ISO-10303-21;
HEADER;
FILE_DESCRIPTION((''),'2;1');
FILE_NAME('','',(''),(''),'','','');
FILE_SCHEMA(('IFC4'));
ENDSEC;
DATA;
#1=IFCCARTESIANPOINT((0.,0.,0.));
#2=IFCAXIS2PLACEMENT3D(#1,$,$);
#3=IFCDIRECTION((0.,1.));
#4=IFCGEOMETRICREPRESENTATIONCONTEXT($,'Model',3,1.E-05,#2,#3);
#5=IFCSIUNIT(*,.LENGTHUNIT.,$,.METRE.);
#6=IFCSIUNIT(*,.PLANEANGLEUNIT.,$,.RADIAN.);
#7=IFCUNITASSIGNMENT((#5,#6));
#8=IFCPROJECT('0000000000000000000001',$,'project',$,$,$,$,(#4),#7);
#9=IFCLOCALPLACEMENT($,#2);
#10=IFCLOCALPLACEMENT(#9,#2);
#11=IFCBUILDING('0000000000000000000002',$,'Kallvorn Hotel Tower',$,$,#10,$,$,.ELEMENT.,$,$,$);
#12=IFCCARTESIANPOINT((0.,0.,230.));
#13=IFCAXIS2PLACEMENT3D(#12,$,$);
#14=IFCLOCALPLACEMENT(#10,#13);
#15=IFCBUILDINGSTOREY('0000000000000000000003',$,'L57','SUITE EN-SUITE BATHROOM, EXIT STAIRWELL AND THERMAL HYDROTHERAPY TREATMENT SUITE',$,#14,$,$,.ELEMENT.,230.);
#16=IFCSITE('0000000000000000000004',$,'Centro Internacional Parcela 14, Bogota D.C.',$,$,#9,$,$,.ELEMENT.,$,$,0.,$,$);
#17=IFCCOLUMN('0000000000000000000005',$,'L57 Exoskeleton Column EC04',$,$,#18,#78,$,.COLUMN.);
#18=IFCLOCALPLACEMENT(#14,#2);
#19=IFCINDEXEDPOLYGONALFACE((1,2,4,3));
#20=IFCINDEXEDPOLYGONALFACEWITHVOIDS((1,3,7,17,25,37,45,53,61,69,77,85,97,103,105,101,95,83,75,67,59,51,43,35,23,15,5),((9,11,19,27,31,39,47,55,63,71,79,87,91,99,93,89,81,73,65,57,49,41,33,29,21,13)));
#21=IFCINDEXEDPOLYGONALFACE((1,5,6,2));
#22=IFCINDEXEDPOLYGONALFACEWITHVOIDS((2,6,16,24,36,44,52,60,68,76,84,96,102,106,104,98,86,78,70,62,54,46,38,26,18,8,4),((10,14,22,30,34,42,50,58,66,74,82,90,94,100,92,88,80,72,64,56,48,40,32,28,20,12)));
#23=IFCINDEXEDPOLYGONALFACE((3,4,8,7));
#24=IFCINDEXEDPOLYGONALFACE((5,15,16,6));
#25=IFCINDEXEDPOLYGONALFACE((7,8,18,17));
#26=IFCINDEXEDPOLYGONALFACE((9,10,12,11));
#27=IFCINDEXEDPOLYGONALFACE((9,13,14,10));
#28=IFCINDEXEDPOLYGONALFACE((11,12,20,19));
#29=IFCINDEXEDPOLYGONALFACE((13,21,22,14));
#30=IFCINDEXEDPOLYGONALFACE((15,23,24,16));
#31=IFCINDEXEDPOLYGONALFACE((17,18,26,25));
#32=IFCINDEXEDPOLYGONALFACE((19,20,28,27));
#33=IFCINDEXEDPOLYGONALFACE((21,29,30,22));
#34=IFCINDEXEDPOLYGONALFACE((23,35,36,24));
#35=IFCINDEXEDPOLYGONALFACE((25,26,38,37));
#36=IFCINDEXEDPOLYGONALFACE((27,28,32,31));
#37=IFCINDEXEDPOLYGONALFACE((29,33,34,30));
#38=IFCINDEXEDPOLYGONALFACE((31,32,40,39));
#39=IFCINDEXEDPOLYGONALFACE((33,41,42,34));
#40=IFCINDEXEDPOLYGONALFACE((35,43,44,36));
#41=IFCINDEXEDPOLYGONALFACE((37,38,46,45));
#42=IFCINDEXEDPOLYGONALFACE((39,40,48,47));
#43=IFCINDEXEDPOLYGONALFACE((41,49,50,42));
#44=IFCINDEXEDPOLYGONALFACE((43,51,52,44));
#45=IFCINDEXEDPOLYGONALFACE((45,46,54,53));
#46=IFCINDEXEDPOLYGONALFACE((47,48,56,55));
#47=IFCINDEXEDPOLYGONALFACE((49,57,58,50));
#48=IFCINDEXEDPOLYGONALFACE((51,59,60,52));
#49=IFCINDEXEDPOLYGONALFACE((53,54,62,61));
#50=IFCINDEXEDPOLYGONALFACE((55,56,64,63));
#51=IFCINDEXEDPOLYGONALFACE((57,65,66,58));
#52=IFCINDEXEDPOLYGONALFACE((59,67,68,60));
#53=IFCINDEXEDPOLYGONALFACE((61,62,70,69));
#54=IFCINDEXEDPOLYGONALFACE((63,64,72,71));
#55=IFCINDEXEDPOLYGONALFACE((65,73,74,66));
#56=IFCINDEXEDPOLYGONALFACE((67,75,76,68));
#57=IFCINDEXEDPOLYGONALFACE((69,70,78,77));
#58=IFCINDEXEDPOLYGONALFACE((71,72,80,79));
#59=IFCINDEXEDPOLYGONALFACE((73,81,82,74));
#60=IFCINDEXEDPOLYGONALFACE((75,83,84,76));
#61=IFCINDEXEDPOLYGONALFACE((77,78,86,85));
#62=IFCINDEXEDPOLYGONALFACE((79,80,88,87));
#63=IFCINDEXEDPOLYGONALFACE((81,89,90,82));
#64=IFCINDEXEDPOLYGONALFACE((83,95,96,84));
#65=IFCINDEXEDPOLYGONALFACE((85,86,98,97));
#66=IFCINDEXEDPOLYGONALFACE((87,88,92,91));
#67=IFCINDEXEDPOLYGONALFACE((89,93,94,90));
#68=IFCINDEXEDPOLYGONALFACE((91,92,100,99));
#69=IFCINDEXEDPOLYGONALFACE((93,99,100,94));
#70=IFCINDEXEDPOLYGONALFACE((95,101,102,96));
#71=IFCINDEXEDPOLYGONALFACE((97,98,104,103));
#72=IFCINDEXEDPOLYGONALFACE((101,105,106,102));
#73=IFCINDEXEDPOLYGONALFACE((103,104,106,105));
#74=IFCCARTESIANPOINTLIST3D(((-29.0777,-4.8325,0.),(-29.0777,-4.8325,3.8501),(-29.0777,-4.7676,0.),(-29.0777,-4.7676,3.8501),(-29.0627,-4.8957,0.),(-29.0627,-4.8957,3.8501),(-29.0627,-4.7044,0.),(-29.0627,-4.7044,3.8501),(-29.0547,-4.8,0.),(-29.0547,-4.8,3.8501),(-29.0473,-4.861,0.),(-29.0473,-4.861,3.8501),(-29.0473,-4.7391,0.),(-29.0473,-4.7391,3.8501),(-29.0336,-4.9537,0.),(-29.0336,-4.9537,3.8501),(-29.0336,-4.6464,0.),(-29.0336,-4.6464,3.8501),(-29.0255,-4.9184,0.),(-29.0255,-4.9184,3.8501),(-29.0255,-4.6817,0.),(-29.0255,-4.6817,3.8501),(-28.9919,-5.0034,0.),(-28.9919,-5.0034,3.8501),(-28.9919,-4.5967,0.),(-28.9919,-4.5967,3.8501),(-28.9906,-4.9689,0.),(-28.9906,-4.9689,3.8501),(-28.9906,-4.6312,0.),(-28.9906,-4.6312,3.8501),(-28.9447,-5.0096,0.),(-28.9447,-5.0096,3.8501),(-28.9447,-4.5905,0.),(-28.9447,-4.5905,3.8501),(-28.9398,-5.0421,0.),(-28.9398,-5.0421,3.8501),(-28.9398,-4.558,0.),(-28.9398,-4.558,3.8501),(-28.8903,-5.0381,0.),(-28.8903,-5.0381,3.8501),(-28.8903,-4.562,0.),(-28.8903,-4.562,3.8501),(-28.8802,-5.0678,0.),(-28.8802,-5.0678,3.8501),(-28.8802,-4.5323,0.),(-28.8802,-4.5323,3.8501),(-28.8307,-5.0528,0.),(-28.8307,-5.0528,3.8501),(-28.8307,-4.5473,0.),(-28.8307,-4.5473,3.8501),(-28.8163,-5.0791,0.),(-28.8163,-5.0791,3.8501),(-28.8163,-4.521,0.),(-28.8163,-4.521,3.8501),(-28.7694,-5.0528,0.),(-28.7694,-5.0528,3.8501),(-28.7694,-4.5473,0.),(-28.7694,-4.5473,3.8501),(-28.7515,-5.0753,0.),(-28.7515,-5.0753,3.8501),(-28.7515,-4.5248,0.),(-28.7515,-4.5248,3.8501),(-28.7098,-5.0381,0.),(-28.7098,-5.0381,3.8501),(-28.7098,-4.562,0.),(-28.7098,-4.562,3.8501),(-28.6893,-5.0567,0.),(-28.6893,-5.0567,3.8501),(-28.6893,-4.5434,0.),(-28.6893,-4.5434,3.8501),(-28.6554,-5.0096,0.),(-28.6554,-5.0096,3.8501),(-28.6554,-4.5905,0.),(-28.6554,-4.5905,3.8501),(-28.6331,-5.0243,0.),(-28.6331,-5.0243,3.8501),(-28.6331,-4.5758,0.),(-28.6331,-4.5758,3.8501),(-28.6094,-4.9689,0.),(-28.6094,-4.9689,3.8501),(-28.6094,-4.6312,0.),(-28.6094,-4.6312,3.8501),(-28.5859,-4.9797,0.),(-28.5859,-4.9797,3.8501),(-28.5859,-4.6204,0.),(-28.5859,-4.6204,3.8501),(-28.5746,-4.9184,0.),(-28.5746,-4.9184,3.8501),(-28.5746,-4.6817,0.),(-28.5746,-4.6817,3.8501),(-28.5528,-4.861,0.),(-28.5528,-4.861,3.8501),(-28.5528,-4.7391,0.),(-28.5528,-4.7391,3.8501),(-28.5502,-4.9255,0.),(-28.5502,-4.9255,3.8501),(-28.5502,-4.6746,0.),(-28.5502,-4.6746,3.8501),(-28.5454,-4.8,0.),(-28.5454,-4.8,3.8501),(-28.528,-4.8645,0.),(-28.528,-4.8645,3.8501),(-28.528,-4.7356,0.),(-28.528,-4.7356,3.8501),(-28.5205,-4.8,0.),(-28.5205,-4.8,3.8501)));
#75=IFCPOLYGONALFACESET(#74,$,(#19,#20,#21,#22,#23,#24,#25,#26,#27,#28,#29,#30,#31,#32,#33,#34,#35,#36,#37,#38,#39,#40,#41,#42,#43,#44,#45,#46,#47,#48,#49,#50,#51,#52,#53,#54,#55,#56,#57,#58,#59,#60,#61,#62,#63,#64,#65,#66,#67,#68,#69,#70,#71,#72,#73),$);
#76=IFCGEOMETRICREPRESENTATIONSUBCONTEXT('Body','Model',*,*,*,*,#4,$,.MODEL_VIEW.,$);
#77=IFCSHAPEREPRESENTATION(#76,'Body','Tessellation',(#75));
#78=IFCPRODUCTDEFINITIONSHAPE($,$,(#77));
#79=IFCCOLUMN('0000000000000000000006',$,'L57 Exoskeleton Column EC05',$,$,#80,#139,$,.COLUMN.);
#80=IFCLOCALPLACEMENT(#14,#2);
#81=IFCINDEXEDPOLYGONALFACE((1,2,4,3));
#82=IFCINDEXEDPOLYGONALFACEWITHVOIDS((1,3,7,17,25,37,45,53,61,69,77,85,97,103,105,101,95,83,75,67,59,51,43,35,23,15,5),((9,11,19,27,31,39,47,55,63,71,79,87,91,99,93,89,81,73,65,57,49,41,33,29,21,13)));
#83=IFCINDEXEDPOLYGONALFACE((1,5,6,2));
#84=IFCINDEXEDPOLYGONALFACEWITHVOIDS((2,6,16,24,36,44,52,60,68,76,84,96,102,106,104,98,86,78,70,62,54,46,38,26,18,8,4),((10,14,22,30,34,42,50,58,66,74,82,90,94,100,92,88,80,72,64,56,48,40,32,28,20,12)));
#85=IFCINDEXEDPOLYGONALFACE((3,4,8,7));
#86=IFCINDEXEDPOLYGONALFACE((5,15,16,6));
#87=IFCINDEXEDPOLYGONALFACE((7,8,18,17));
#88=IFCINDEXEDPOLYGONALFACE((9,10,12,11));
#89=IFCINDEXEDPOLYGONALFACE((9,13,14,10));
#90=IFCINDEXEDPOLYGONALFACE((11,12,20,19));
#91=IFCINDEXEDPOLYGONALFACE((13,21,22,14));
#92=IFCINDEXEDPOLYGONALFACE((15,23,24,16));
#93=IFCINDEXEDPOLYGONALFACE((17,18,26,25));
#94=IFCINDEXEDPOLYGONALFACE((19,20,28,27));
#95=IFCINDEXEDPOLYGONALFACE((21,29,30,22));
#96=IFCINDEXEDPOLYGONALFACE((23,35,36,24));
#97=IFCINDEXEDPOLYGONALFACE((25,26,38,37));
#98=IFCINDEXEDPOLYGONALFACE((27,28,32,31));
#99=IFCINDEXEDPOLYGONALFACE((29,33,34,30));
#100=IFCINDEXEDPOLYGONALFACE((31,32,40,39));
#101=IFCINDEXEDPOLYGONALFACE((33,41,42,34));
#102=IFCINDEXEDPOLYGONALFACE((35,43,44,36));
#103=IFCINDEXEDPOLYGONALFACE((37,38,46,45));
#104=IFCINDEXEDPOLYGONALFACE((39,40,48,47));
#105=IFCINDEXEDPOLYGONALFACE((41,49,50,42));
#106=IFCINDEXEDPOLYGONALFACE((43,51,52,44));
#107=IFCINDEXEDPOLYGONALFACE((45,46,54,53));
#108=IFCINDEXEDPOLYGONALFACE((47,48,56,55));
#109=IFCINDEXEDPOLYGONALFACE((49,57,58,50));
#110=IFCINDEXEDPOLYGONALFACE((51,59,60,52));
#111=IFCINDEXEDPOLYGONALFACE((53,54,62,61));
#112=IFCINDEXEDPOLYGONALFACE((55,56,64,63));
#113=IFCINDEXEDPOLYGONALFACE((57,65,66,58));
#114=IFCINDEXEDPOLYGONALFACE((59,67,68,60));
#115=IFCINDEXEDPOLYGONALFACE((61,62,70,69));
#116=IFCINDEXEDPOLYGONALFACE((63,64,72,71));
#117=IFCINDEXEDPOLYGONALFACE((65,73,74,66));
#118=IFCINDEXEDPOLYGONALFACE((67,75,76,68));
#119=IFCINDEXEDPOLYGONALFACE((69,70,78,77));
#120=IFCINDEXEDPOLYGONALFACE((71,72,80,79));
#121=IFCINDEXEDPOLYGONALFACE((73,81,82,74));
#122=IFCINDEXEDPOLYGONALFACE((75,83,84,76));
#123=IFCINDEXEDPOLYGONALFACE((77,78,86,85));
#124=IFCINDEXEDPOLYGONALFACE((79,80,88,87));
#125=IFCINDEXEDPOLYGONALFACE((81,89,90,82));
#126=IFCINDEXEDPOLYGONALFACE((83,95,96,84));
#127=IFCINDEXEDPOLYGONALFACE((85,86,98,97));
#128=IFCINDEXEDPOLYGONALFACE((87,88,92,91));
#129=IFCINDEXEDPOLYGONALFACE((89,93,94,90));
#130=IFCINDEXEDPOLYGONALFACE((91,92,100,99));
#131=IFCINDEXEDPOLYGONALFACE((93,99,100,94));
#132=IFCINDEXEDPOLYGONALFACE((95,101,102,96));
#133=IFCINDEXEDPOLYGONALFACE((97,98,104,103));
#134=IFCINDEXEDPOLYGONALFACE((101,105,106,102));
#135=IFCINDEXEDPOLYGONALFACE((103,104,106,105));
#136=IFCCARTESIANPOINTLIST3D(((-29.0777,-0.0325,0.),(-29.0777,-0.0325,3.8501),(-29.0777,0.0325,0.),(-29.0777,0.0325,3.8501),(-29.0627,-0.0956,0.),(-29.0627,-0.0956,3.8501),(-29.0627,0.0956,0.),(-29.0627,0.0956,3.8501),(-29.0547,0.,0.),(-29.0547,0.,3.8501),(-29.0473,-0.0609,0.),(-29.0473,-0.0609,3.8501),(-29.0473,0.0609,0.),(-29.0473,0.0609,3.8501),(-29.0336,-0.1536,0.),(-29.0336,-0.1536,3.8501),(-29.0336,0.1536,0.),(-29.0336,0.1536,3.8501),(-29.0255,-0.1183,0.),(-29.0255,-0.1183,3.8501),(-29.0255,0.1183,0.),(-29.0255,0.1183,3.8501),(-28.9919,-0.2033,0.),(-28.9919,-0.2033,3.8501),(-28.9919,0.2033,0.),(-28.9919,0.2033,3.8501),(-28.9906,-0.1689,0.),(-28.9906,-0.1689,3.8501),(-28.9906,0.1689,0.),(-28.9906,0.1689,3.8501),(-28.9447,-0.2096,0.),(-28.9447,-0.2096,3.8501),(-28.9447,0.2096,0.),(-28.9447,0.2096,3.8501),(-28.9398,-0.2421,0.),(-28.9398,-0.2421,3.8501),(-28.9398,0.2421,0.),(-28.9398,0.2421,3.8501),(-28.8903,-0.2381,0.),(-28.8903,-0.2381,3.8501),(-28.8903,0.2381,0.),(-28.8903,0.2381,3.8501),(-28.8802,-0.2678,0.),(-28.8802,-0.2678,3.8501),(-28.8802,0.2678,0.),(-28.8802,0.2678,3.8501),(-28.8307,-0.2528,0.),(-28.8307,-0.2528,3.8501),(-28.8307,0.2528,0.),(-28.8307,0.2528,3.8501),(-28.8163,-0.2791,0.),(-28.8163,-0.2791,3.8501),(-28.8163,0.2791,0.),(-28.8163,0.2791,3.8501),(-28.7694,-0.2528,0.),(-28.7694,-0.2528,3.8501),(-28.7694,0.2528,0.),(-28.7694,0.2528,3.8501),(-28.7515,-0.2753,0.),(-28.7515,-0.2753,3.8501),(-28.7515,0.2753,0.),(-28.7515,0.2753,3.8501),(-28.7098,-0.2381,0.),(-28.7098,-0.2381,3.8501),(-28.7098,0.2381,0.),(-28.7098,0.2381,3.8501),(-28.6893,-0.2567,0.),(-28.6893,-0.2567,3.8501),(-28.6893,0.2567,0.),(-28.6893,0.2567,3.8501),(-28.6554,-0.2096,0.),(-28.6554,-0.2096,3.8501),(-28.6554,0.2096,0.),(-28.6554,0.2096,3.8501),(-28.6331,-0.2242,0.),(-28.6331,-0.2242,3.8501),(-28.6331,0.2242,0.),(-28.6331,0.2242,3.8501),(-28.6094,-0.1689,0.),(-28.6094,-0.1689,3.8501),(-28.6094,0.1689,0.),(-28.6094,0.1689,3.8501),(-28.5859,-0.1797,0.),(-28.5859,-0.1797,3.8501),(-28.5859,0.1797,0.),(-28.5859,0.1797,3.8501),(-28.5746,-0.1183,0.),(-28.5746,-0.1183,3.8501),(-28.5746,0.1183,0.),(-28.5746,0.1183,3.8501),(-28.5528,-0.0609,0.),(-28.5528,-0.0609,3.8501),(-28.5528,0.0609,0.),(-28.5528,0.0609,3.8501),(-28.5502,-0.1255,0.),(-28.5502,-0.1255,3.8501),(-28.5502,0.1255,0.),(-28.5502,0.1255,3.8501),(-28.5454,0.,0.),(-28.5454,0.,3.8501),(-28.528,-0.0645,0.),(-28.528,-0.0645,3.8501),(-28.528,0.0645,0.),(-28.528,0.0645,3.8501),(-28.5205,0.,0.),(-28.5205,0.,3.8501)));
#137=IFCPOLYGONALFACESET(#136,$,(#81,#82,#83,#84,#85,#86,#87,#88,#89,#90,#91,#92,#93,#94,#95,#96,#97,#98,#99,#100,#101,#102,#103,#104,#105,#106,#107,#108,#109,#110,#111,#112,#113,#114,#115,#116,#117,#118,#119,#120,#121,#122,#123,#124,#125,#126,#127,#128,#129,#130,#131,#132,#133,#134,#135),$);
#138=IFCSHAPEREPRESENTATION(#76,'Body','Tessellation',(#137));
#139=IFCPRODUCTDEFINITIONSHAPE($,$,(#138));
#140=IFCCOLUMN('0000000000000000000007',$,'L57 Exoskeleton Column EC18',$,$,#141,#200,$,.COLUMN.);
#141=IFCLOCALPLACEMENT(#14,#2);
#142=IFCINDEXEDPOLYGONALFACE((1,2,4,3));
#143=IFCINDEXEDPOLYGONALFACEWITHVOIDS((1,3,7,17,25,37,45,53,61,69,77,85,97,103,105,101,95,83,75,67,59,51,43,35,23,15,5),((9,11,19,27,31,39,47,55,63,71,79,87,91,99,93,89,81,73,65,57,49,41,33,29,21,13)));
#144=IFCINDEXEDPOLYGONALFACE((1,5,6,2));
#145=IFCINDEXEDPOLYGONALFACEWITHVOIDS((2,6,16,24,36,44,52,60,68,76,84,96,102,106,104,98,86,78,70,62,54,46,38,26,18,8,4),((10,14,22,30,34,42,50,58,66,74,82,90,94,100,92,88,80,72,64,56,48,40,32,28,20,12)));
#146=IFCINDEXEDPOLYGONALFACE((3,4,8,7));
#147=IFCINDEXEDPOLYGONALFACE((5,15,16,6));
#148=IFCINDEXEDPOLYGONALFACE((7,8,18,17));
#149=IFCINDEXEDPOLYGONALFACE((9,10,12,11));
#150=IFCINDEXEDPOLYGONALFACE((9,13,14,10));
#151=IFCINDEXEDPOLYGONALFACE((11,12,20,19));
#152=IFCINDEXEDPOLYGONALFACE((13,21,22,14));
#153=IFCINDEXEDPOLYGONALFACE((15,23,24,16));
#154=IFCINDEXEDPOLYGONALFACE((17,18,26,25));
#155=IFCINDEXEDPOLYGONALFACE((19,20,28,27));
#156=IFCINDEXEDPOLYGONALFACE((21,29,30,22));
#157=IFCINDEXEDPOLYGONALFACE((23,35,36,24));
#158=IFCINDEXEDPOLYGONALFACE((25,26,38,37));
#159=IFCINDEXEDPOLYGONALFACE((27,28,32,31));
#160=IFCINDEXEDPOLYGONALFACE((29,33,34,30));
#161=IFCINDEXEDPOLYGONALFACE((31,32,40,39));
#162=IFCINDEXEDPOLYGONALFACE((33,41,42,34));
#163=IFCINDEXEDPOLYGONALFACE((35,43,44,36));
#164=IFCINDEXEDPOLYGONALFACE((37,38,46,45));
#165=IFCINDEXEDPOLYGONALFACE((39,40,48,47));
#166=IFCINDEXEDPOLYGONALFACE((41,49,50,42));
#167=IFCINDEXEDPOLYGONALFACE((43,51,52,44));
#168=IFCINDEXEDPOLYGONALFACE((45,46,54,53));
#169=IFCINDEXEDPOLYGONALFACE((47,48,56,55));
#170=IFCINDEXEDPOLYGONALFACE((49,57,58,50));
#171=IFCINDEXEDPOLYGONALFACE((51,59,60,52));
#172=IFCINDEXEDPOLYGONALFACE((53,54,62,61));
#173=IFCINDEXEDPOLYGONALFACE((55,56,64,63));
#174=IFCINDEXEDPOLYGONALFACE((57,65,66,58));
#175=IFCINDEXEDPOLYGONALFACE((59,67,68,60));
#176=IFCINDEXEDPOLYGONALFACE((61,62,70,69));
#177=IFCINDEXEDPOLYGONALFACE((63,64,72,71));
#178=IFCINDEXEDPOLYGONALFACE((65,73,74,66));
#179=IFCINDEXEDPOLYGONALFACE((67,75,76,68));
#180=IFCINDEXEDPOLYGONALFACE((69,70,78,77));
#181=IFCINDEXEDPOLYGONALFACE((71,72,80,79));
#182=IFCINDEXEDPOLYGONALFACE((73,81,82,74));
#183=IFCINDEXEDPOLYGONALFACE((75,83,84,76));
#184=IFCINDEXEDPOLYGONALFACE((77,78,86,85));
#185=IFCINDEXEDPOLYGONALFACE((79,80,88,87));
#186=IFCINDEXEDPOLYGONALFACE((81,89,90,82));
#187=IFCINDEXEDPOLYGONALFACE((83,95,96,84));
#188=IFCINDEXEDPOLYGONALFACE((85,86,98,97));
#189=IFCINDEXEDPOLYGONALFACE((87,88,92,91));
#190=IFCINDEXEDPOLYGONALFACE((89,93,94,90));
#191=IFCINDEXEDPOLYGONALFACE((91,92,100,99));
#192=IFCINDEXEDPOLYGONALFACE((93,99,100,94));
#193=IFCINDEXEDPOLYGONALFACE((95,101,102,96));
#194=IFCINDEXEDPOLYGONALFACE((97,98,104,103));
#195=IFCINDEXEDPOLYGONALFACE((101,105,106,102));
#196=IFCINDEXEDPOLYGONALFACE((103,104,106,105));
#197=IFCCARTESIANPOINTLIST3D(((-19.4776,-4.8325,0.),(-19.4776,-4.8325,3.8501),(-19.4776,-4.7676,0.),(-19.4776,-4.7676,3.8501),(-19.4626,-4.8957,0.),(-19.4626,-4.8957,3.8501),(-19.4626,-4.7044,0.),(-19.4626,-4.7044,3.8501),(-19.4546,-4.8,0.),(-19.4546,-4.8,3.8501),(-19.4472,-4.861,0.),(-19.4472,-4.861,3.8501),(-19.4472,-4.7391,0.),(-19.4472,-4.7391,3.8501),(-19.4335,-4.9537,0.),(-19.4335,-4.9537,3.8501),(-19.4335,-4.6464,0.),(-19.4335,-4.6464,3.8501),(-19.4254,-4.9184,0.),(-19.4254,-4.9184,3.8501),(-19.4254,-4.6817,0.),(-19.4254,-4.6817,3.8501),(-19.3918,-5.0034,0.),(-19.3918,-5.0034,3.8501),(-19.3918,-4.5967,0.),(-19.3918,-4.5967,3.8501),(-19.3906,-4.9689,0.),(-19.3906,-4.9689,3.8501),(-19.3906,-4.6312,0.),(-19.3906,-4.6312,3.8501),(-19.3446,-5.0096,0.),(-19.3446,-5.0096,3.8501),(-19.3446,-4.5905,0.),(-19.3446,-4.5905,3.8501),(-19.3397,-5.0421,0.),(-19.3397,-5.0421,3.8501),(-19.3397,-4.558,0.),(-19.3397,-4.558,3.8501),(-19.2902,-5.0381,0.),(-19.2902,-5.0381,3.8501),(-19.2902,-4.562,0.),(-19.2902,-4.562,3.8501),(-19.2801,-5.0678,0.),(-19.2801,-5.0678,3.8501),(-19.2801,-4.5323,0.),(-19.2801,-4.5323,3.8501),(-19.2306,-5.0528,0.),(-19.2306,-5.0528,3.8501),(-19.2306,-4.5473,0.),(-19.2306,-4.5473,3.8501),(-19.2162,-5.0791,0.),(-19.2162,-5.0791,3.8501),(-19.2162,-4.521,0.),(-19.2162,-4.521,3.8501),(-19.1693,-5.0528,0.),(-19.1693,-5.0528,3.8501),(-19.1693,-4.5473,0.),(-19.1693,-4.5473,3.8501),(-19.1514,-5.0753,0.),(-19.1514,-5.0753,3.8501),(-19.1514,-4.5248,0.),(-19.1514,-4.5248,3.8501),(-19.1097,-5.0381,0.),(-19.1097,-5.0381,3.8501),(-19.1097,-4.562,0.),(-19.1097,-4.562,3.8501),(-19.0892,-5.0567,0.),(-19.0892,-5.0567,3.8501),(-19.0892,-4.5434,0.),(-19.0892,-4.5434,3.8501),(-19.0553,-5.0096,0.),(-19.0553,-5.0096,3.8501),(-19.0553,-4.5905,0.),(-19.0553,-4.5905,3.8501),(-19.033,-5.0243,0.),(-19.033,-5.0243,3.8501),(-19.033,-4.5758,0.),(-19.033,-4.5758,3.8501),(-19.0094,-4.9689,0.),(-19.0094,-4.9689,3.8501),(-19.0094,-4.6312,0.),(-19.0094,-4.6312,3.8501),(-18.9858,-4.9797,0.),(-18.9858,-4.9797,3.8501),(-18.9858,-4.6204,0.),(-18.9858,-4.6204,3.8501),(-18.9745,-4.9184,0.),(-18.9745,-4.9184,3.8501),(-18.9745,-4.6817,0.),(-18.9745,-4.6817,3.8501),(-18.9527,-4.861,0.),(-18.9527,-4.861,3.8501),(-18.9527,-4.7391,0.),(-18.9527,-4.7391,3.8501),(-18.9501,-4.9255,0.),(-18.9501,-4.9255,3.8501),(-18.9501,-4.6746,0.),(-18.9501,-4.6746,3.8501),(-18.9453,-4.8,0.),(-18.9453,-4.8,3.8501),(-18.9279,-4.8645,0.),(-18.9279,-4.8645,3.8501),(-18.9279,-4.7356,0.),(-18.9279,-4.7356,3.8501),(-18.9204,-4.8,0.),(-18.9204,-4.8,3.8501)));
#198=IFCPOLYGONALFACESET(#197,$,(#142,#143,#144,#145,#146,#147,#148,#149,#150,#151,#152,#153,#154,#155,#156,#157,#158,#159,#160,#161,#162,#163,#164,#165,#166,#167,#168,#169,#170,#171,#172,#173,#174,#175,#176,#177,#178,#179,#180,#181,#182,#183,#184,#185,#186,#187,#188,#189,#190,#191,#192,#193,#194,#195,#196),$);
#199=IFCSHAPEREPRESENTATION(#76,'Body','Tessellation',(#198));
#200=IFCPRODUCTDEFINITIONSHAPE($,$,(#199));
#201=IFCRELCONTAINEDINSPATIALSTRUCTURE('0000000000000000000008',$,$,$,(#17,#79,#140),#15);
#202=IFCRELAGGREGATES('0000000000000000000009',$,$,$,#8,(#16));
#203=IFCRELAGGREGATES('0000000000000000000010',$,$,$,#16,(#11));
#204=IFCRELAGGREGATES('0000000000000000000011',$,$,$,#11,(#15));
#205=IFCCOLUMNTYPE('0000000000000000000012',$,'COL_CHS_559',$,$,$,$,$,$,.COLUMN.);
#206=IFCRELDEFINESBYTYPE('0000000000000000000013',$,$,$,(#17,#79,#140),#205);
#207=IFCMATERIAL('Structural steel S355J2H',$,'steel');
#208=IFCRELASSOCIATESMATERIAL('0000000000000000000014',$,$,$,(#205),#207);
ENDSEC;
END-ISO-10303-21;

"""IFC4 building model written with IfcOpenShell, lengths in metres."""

from ifc_helpers import new_model, si_unit, direction, frame, origin, origin_2d, place, context, subcontext, project, spatial, hollow_circle, extrude, material, material_profile, profile_set, type_object, element, save


model = new_model("IFC4")

# Units and contexts
model_context = context("Model", 3, precision=1e-05, world=origin(), true_north=direction((0.0, 1.0)))
body_context = subcontext(model_context, "Body", "Model", "MODEL_VIEW")
ifc_project = project(units=[si_unit("LENGTHUNIT", "METRE"), si_unit("PLANEANGLEUNIT", "RADIAN")], contexts=[model_context])

# Site, building, storey
site_placement = place(None, origin())
site = spatial("IfcSite", under=ifc_project, at=site_placement, Name="Centro Internacional Parcela 14, Bogota D.C.", CompositionType="ELEMENT", RefElevation=0.0)
building_placement = place(site_placement, origin())
building = spatial("IfcBuilding", under=site, at=building_placement, Name="Kallvorn Hotel Tower", CompositionType="ELEMENT")
storey_placement = place(building_placement, frame((0.0, 0.0, 230.0)))
storey = spatial("IfcBuildingStorey", under=building, at=storey_placement, Name="L57", Description="SUITE EN-SUITE BATHROOM, EXIT STAIRWELL AND THERMAL HYDROTHERAPY TREATMENT SUITE", CompositionType="ELEMENT", Elevation=230.0)

# Columns
ifc_material_1 = material(Name="Structural steel S355J2H", Category="steel")
ifc_material_profile_1 = material_profile(ifc_material_1, hollow_circle(Radius=0.2795, WallThickness=0.0249, at=origin_2d()), Name="CHS 559x25")
ifc_profile_set_1 = profile_set([ifc_material_profile_1], Name="Structural steel S355J2H")
column_type_1 = type_object("IfcColumnType", Name="COL_CHS_559", PredefinedType="COLUMN", material=ifc_profile_set_1)
for number, where, z_axis, x_axis, name in (
    (1, (-28.8, -4.8, 0.0), (0.0, 0.0, 1.0), (1.0, 0.0, 0.0), "L57 Exoskeleton Column EC04"),
    (2, (-28.8, 0.0, 0.0), (0.0, 0.0, 1.0), (1.0, 0.0, 0.0), "L57 Exoskeleton Column EC05"),
    (3, (-19.2, -4.8, 0.0), (0.0, 0.0, 1.0), (1.0, 0.0, 0.0), "L57 Exoskeleton Column EC18"),
):
    element("IfcColumn", number, at=place(storey_placement, frame(where, z_axis=z_axis, x_axis=x_axis)), inside=storey, type_object=column_type_1, Name=name, PredefinedType="COLUMN", context=body_context, shape_type="SweptSolid", body=[
        extrude(hollow_circle(Radius=0.2795, WallThickness=0.0249, at=origin_2d()), origin(), (0.0, 0.0, 1.0), 3.8501),
    ])

save(model, "model.ifc")
